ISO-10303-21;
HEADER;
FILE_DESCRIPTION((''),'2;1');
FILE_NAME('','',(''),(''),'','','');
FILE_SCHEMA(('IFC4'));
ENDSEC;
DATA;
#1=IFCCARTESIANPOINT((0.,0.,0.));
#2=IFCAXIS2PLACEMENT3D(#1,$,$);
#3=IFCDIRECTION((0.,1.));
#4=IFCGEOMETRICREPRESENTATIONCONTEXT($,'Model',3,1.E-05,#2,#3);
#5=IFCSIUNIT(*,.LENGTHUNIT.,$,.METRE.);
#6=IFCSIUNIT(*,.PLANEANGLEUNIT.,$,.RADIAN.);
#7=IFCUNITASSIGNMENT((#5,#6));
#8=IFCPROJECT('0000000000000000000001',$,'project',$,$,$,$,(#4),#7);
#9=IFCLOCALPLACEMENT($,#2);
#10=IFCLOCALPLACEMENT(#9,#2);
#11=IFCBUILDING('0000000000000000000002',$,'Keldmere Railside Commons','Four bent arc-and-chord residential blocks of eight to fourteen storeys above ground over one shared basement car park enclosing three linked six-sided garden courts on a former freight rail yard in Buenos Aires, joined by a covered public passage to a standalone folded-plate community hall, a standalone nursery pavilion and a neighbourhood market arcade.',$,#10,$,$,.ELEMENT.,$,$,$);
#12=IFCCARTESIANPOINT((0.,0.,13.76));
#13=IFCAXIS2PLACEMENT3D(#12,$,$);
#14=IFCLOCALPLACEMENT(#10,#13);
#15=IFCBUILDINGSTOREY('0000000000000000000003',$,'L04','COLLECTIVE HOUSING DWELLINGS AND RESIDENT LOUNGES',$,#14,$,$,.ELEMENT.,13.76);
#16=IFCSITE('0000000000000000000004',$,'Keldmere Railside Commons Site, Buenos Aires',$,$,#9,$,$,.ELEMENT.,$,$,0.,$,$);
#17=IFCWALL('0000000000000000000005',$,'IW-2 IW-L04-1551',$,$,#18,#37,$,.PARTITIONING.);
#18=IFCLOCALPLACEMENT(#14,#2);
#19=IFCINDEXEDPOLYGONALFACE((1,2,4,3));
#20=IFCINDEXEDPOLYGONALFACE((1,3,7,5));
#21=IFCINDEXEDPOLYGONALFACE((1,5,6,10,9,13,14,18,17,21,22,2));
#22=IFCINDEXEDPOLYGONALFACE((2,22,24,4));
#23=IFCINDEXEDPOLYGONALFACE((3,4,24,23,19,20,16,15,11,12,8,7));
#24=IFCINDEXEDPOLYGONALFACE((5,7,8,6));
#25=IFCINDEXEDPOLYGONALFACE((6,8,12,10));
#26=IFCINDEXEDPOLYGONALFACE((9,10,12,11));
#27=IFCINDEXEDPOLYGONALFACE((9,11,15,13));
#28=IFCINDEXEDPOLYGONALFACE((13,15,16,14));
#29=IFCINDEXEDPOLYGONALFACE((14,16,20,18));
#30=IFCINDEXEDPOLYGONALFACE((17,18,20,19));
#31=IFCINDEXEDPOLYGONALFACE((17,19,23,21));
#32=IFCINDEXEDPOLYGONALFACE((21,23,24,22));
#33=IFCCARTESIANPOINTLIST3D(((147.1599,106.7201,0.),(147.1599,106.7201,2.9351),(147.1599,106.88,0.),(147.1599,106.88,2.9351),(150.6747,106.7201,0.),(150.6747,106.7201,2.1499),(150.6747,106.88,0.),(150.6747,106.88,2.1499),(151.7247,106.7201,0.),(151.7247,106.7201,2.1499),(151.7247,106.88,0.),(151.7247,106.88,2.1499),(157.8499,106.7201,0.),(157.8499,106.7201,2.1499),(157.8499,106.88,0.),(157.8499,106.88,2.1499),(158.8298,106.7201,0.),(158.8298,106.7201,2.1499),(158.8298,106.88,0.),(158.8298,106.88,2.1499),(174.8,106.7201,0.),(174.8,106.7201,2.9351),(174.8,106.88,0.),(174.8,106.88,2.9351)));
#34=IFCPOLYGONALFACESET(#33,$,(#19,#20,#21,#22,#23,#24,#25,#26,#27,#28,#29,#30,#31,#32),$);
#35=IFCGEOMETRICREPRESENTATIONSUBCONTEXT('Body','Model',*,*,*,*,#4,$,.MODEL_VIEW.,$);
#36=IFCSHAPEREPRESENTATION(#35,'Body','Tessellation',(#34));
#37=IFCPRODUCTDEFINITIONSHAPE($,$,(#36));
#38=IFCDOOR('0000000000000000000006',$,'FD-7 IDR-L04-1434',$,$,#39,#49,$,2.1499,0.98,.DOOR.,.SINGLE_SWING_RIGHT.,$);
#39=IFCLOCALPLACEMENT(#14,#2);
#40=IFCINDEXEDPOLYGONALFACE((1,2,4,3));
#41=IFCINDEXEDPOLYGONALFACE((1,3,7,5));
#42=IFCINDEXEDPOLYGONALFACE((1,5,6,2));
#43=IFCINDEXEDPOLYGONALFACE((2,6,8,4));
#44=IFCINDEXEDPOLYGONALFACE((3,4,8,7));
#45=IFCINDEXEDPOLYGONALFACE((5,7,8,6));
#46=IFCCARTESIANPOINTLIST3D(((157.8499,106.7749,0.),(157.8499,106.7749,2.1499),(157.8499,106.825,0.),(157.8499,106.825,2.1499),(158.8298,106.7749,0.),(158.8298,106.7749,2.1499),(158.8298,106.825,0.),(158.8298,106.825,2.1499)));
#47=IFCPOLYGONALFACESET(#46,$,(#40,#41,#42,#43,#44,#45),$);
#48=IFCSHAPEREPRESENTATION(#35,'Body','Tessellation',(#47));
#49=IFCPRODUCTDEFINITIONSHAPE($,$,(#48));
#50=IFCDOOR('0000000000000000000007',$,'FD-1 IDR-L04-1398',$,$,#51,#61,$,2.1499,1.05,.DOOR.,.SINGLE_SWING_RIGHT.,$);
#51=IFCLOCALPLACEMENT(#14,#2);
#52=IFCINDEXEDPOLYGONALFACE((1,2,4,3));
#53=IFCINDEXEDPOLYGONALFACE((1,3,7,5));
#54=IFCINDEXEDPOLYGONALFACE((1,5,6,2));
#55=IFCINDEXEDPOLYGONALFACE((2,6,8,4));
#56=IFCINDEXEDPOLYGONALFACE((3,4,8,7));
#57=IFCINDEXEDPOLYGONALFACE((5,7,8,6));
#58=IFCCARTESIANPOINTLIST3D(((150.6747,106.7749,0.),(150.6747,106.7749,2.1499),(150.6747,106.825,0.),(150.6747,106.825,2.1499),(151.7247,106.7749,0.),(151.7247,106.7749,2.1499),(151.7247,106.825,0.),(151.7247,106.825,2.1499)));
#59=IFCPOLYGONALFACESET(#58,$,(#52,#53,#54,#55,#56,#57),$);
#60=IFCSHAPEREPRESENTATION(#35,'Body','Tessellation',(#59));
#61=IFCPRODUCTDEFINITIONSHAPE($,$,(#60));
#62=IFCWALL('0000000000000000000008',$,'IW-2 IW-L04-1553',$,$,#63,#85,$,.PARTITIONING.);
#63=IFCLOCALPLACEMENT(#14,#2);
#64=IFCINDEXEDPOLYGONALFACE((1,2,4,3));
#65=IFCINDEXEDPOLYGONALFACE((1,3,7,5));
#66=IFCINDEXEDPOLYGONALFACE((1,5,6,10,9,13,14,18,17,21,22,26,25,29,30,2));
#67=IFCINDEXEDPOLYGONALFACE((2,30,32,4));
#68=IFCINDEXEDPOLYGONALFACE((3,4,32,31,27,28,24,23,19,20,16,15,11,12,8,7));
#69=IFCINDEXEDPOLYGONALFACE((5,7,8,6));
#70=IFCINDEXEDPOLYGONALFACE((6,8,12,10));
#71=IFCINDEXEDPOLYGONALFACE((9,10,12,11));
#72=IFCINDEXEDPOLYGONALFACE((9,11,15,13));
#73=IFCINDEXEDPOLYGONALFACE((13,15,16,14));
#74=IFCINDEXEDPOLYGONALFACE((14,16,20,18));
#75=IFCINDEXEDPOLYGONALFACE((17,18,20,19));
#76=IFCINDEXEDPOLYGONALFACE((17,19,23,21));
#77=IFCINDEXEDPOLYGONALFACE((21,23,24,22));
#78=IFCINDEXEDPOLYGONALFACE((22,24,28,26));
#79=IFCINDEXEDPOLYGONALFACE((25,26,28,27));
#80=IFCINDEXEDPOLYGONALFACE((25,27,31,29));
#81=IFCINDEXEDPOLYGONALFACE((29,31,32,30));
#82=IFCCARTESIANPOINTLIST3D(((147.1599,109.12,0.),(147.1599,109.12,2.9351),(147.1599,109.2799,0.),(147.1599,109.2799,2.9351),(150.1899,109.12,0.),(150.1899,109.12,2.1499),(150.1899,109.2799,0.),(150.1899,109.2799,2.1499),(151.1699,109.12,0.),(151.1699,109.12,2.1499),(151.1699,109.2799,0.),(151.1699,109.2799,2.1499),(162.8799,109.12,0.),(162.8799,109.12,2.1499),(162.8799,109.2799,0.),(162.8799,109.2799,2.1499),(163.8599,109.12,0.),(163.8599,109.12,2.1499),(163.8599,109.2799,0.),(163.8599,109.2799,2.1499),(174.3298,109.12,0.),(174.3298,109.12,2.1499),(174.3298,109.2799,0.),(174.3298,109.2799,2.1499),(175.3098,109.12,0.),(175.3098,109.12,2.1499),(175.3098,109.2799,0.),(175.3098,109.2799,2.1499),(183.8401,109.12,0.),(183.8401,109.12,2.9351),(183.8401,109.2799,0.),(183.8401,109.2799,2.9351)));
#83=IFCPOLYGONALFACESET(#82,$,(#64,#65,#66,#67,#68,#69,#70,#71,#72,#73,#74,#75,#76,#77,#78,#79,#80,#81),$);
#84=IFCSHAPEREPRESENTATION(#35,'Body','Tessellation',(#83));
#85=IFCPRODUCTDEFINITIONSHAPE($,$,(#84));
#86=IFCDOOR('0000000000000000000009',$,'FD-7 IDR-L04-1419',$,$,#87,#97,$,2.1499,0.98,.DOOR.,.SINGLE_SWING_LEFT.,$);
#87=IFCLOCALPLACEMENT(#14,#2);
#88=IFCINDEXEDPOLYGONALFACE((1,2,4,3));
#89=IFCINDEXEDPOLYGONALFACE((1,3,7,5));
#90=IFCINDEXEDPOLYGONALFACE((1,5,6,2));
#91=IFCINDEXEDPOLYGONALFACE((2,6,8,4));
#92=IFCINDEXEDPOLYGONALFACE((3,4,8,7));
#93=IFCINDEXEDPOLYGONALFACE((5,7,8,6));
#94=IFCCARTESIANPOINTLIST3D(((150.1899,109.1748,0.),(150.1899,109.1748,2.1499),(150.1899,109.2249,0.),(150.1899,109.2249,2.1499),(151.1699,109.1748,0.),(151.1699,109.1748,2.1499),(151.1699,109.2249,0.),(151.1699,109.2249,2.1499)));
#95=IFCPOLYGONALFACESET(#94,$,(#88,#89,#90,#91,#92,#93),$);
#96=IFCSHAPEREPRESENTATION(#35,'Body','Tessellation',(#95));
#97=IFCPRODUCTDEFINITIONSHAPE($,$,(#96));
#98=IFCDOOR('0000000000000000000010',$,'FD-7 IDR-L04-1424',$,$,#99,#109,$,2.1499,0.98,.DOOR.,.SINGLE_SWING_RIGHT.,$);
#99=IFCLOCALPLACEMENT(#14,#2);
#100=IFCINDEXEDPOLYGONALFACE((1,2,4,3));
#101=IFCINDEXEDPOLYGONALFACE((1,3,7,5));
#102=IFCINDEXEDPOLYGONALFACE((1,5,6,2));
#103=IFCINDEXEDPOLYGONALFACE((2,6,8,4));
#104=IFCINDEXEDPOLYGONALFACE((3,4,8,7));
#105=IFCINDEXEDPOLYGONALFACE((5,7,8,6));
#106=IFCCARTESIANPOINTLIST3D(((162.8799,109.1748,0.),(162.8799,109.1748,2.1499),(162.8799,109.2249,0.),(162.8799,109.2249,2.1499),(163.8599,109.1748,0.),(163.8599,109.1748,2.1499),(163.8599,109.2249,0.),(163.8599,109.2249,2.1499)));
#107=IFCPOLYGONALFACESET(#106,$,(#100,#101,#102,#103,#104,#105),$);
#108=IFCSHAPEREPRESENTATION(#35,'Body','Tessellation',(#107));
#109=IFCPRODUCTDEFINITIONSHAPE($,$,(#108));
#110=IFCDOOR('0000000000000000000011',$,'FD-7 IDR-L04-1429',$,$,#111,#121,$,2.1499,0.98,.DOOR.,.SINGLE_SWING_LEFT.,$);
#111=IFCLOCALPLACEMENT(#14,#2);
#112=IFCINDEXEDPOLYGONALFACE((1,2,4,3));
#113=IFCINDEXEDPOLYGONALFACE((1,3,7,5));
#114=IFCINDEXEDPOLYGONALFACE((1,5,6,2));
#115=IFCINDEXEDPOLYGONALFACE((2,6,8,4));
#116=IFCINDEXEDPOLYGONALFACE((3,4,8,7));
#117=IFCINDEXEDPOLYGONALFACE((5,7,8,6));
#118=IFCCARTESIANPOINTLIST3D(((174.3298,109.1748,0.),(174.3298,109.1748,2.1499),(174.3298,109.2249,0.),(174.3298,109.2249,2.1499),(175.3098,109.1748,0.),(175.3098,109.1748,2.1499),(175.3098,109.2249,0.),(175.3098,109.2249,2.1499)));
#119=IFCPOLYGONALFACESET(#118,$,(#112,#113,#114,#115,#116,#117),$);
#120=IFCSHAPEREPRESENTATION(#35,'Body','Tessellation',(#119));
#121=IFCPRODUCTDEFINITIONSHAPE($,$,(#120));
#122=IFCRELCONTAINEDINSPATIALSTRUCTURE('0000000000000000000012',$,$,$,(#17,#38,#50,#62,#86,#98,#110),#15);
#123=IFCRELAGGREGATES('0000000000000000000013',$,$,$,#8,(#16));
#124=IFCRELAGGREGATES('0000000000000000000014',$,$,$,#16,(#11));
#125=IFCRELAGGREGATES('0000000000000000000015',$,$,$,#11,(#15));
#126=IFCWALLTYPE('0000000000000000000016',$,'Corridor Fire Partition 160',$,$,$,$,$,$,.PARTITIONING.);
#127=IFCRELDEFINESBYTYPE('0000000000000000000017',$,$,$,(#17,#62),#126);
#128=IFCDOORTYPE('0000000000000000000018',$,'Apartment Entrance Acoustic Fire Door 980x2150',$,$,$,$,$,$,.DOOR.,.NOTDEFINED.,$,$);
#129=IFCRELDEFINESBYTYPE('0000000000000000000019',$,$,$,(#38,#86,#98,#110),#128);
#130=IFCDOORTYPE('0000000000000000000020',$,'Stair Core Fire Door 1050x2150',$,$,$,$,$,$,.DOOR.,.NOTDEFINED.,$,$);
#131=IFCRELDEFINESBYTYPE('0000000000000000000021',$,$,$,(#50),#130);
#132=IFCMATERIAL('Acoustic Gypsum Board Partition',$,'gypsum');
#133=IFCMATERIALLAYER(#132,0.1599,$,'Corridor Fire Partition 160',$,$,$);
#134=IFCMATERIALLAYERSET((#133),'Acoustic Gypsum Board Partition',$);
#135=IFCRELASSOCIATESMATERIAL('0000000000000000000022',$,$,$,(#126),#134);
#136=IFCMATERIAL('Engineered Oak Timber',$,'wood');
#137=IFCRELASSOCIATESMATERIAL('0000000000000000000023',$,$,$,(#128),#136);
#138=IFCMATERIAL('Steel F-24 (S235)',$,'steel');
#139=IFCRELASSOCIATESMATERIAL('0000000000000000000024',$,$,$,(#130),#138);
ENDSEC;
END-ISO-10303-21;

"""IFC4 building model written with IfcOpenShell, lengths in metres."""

from ifc_helpers import new_model, si_unit, direction, frame, frame_2d, origin, place, context, subcontext, project, spatial, rectangle, extrude, material, layer, layer_set, type_object, element, fill, save


model = new_model("IFC4")

# Units and contexts
model_context = context("Model", 3, precision=1e-05, world=origin(), true_north=direction((0.0, 1.0)))
body_context = subcontext(model_context, "Body", "Model", "MODEL_VIEW")
ifc_project = project(units=[si_unit("LENGTHUNIT", "METRE"), si_unit("PLANEANGLEUNIT", "RADIAN")], contexts=[model_context])

# Site, building, storey
site_placement = place(None, origin())
site = spatial("IfcSite", under=ifc_project, at=site_placement, Name="Keldmere Railside Commons Site, Buenos Aires", CompositionType="ELEMENT", RefElevation=0.0)
building_placement = place(site_placement, origin())
building = spatial("IfcBuilding", under=site, at=building_placement, Name="Keldmere Railside Commons", Description="Four bent arc-and-chord residential blocks of eight to fourteen storeys above ground over one shared basement car park enclosing three linked six-sided garden courts on a former freight rail yard in Buenos Aires, joined by a covered public passage to a standalone folded-plate community hall, a standalone nursery pavilion and a neighbourhood market arcade.", CompositionType="ELEMENT")
storey_placement = place(building_placement, frame((0.0, 0.0, 13.76)))
storey = spatial("IfcBuildingStorey", under=building, at=storey_placement, Name="L04", Description="COLLECTIVE HOUSING DWELLINGS AND RESIDENT LOUNGES", CompositionType="ELEMENT", Elevation=13.76)

# Walls, openings, doors
ifc_material_1 = material(Name="Acoustic Gypsum Board Partition", Category="gypsum")
ifc_layer_1 = layer(ifc_material_1, 0.1599, Name="Corridor Fire Partition 160")
ifc_layer_set_1 = layer_set([ifc_layer_1], Name="Acoustic Gypsum Board Partition")
wall_type_1 = type_object("IfcWallType", Name="Corridor Fire Partition 160", PredefinedType="PARTITIONING", material=ifc_layer_set_1)
wall_1_placement = place(storey_placement, frame((147.1599, 106.8, 0.0), z_axis=(0.0, 0.0, 1.0), x_axis=(1.0, 0.0, 0.0)))
wall_1 = element("IfcWall", 1, at=wall_1_placement, inside=storey, type_object=wall_type_1, Name="IW-2 IW-L04-1551", PredefinedType="PARTITIONING", context=body_context, shape_type="SweptSolid", body=[
    extrude(rectangle(XDim=27.6401, YDim=0.1599, at=frame_2d((13.8201, 0.0))), origin(), (0.0, 0.0, 1.0), 2.9351),
])
opening_1_placement = place(wall_1_placement, frame((3.5149, 0.0, 0.0)))
opening_1 = element("IfcOpeningElement", 2, at=opening_1_placement, cuts=wall_1, PredefinedType="OPENING", context=body_context, shape_type="SweptSolid", body=[
    extrude(rectangle(XDim=1.05, YDim=2.1499, at=frame_2d((0.5249, 1.075))), frame((0.0, 0.0898, 0.0), z_axis=(0.0, -1.0, 0.0), x_axis=(1.0, 0.0, 0.0)), (0.0, 0.0, 1.0), 0.1799),
])
opening_2_placement = place(wall_1_placement, frame((10.6899, 0.0, 0.0)))
opening_2 = element("IfcOpeningElement", 3, at=opening_2_placement, cuts=wall_1, PredefinedType="OPENING", context=body_context, shape_type="SweptSolid", body=[
    extrude(rectangle(XDim=0.98, YDim=2.1499, at=frame_2d((0.49, 1.075))), frame((0.0, 0.0898, 0.0), z_axis=(0.0, -1.0, 0.0), x_axis=(1.0, 0.0, 0.0)), (0.0, 0.0, 1.0), 0.1799),
])
ifc_material_2 = material(Name="Engineered Oak Timber", Category="wood")
door_type_1 = type_object("IfcDoorType", Name="Apartment Entrance Acoustic Fire Door 980x2150", OperationType="NOTDEFINED", PredefinedType="DOOR", material=ifc_material_2)
door_1_placement = place(opening_2_placement, origin())
door_1 = element("IfcDoor", 4, at=door_1_placement, inside=storey, type_object=door_type_1, Name="FD-7 IDR-L04-1434", OperationType="SINGLE_SWING_RIGHT", OverallHeight=2.1499, OverallWidth=0.98, PredefinedType="DOOR", context=body_context, shape_type="SweptSolid", body=[
    extrude(rectangle(XDim=0.98, YDim=2.1499, at=frame_2d((0.49, 1.075))), frame((0.0, 0.0249, 0.0), z_axis=(0.0, -1.0, 0.0), x_axis=(1.0, 0.0, 0.0)), (0.0, 0.0, 1.0), 0.05),
])
fill(opening_2, door_1)
ifc_material_3 = material(Name="Steel F-24 (S235)", Category="steel")
door_type_2 = type_object("IfcDoorType", Name="Stair Core Fire Door 1050x2150", OperationType="NOTDEFINED", PredefinedType="DOOR", material=ifc_material_3)
door_2_placement = place(opening_1_placement, origin())
door_2 = element("IfcDoor", 5, at=door_2_placement, inside=storey, type_object=door_type_2, Name="FD-1 IDR-L04-1398", OperationType="SINGLE_SWING_RIGHT", OverallHeight=2.1499, OverallWidth=1.05, PredefinedType="DOOR", context=body_context, shape_type="SweptSolid", body=[
    extrude(rectangle(XDim=1.05, YDim=2.1499, at=frame_2d((0.5249, 1.075))), frame((0.0, 0.0249, 0.0), z_axis=(0.0, -1.0, 0.0), x_axis=(1.0, 0.0, 0.0)), (0.0, 0.0, 1.0), 0.05),
])
fill(opening_1, door_2)
wall_2_placement = place(storey_placement, frame((147.1599, 109.2, 0.0), z_axis=(0.0, 0.0, 1.0), x_axis=(1.0, 0.0, 0.0)))
wall_2 = element("IfcWall", 6, at=wall_2_placement, inside=storey, type_object=wall_type_1, Name="IW-2 IW-L04-1553", PredefinedType="PARTITIONING", context=body_context, shape_type="SweptSolid", body=[
    extrude(rectangle(XDim=36.6802, YDim=0.1599, at=frame_2d((18.3401, 0.0))), origin(), (0.0, 0.0, 1.0), 2.9351),
])
opening_3_placement = place(wall_2_placement, frame((3.03, 0.0, 0.0)))
opening_3 = element("IfcOpeningElement", 7, at=opening_3_placement, cuts=wall_2, PredefinedType="OPENING", context=body_context, shape_type="SweptSolid", body=[
    extrude(rectangle(XDim=0.98, YDim=2.1499, at=frame_2d((0.49, 1.075))), frame((0.0, 0.0898, 0.0), z_axis=(0.0, -1.0, 0.0), x_axis=(1.0, 0.0, 0.0)), (0.0, 0.0, 1.0), 0.1799),
])
opening_4_placement = place(wall_2_placement, frame((15.72, 0.0, 0.0)))
opening_4 = element("IfcOpeningElement", 8, at=opening_4_placement, cuts=wall_2, PredefinedType="OPENING", context=body_context, shape_type="SweptSolid", body=[
    extrude(rectangle(XDim=0.98, YDim=2.1499, at=frame_2d((0.49, 1.075))), frame((0.0, 0.0898, 0.0), z_axis=(0.0, -1.0, 0.0), x_axis=(1.0, 0.0, 0.0)), (0.0, 0.0, 1.0), 0.1799),
])
opening_5_placement = place(wall_2_placement, frame((27.1699, 0.0, 0.0)))
opening_5 = element("IfcOpeningElement", 9, at=opening_5_placement, cuts=wall_2, PredefinedType="OPENING", context=body_context, shape_type="SweptSolid", body=[
    extrude(rectangle(XDim=0.98, YDim=2.1499, at=frame_2d((0.49, 1.075))), frame((0.0, 0.0898, 0.0), z_axis=(0.0, -1.0, 0.0), x_axis=(1.0, 0.0, 0.0)), (0.0, 0.0, 1.0), 0.1799),
])
door_3_placement = place(opening_3_placement, origin())
door_3 = element("IfcDoor", 10, at=door_3_placement, inside=storey, type_object=door_type_1, Name="FD-7 IDR-L04-1419", OperationType="SINGLE_SWING_LEFT", OverallHeight=2.1499, OverallWidth=0.98, PredefinedType="DOOR", context=body_context, shape_type="SweptSolid", body=[
    extrude(rectangle(XDim=0.98, YDim=2.1499, at=frame_2d((0.49, 1.075))), frame((0.0, 0.0249, 0.0), z_axis=(0.0, -1.0, 0.0), x_axis=(1.0, 0.0, 0.0)), (0.0, 0.0, 1.0), 0.05),
])
fill(opening_3, door_3)
door_4_placement = place(opening_4_placement, origin())
door_4 = element("IfcDoor", 11, at=door_4_placement, inside=storey, type_object=door_type_1, Name="FD-7 IDR-L04-1424", OperationType="SINGLE_SWING_RIGHT", OverallHeight=2.1499, OverallWidth=0.98, PredefinedType="DOOR", context=body_context, shape_type="SweptSolid", body=[
    extrude(rectangle(XDim=0.98, YDim=2.1499, at=frame_2d((0.49, 1.075))), frame((0.0, 0.0249, 0.0), z_axis=(0.0, -1.0, 0.0), x_axis=(1.0, 0.0, 0.0)), (0.0, 0.0, 1.0), 0.05),
])
fill(opening_4, door_4)
door_5_placement = place(opening_5_placement, origin())
door_5 = element("IfcDoor", 12, at=door_5_placement, inside=storey, type_object=door_type_1, Name="FD-7 IDR-L04-1429", OperationType="SINGLE_SWING_LEFT", OverallHeight=2.1499, OverallWidth=0.98, PredefinedType="DOOR", context=body_context, shape_type="SweptSolid", body=[
    extrude(rectangle(XDim=0.98, YDim=2.1499, at=frame_2d((0.49, 1.075))), frame((0.0, 0.0249, 0.0), z_axis=(0.0, -1.0, 0.0), x_axis=(1.0, 0.0, 0.0)), (0.0, 0.0, 1.0), 0.05),
])
fill(opening_5, door_5)

save(model, "model.ifc")
